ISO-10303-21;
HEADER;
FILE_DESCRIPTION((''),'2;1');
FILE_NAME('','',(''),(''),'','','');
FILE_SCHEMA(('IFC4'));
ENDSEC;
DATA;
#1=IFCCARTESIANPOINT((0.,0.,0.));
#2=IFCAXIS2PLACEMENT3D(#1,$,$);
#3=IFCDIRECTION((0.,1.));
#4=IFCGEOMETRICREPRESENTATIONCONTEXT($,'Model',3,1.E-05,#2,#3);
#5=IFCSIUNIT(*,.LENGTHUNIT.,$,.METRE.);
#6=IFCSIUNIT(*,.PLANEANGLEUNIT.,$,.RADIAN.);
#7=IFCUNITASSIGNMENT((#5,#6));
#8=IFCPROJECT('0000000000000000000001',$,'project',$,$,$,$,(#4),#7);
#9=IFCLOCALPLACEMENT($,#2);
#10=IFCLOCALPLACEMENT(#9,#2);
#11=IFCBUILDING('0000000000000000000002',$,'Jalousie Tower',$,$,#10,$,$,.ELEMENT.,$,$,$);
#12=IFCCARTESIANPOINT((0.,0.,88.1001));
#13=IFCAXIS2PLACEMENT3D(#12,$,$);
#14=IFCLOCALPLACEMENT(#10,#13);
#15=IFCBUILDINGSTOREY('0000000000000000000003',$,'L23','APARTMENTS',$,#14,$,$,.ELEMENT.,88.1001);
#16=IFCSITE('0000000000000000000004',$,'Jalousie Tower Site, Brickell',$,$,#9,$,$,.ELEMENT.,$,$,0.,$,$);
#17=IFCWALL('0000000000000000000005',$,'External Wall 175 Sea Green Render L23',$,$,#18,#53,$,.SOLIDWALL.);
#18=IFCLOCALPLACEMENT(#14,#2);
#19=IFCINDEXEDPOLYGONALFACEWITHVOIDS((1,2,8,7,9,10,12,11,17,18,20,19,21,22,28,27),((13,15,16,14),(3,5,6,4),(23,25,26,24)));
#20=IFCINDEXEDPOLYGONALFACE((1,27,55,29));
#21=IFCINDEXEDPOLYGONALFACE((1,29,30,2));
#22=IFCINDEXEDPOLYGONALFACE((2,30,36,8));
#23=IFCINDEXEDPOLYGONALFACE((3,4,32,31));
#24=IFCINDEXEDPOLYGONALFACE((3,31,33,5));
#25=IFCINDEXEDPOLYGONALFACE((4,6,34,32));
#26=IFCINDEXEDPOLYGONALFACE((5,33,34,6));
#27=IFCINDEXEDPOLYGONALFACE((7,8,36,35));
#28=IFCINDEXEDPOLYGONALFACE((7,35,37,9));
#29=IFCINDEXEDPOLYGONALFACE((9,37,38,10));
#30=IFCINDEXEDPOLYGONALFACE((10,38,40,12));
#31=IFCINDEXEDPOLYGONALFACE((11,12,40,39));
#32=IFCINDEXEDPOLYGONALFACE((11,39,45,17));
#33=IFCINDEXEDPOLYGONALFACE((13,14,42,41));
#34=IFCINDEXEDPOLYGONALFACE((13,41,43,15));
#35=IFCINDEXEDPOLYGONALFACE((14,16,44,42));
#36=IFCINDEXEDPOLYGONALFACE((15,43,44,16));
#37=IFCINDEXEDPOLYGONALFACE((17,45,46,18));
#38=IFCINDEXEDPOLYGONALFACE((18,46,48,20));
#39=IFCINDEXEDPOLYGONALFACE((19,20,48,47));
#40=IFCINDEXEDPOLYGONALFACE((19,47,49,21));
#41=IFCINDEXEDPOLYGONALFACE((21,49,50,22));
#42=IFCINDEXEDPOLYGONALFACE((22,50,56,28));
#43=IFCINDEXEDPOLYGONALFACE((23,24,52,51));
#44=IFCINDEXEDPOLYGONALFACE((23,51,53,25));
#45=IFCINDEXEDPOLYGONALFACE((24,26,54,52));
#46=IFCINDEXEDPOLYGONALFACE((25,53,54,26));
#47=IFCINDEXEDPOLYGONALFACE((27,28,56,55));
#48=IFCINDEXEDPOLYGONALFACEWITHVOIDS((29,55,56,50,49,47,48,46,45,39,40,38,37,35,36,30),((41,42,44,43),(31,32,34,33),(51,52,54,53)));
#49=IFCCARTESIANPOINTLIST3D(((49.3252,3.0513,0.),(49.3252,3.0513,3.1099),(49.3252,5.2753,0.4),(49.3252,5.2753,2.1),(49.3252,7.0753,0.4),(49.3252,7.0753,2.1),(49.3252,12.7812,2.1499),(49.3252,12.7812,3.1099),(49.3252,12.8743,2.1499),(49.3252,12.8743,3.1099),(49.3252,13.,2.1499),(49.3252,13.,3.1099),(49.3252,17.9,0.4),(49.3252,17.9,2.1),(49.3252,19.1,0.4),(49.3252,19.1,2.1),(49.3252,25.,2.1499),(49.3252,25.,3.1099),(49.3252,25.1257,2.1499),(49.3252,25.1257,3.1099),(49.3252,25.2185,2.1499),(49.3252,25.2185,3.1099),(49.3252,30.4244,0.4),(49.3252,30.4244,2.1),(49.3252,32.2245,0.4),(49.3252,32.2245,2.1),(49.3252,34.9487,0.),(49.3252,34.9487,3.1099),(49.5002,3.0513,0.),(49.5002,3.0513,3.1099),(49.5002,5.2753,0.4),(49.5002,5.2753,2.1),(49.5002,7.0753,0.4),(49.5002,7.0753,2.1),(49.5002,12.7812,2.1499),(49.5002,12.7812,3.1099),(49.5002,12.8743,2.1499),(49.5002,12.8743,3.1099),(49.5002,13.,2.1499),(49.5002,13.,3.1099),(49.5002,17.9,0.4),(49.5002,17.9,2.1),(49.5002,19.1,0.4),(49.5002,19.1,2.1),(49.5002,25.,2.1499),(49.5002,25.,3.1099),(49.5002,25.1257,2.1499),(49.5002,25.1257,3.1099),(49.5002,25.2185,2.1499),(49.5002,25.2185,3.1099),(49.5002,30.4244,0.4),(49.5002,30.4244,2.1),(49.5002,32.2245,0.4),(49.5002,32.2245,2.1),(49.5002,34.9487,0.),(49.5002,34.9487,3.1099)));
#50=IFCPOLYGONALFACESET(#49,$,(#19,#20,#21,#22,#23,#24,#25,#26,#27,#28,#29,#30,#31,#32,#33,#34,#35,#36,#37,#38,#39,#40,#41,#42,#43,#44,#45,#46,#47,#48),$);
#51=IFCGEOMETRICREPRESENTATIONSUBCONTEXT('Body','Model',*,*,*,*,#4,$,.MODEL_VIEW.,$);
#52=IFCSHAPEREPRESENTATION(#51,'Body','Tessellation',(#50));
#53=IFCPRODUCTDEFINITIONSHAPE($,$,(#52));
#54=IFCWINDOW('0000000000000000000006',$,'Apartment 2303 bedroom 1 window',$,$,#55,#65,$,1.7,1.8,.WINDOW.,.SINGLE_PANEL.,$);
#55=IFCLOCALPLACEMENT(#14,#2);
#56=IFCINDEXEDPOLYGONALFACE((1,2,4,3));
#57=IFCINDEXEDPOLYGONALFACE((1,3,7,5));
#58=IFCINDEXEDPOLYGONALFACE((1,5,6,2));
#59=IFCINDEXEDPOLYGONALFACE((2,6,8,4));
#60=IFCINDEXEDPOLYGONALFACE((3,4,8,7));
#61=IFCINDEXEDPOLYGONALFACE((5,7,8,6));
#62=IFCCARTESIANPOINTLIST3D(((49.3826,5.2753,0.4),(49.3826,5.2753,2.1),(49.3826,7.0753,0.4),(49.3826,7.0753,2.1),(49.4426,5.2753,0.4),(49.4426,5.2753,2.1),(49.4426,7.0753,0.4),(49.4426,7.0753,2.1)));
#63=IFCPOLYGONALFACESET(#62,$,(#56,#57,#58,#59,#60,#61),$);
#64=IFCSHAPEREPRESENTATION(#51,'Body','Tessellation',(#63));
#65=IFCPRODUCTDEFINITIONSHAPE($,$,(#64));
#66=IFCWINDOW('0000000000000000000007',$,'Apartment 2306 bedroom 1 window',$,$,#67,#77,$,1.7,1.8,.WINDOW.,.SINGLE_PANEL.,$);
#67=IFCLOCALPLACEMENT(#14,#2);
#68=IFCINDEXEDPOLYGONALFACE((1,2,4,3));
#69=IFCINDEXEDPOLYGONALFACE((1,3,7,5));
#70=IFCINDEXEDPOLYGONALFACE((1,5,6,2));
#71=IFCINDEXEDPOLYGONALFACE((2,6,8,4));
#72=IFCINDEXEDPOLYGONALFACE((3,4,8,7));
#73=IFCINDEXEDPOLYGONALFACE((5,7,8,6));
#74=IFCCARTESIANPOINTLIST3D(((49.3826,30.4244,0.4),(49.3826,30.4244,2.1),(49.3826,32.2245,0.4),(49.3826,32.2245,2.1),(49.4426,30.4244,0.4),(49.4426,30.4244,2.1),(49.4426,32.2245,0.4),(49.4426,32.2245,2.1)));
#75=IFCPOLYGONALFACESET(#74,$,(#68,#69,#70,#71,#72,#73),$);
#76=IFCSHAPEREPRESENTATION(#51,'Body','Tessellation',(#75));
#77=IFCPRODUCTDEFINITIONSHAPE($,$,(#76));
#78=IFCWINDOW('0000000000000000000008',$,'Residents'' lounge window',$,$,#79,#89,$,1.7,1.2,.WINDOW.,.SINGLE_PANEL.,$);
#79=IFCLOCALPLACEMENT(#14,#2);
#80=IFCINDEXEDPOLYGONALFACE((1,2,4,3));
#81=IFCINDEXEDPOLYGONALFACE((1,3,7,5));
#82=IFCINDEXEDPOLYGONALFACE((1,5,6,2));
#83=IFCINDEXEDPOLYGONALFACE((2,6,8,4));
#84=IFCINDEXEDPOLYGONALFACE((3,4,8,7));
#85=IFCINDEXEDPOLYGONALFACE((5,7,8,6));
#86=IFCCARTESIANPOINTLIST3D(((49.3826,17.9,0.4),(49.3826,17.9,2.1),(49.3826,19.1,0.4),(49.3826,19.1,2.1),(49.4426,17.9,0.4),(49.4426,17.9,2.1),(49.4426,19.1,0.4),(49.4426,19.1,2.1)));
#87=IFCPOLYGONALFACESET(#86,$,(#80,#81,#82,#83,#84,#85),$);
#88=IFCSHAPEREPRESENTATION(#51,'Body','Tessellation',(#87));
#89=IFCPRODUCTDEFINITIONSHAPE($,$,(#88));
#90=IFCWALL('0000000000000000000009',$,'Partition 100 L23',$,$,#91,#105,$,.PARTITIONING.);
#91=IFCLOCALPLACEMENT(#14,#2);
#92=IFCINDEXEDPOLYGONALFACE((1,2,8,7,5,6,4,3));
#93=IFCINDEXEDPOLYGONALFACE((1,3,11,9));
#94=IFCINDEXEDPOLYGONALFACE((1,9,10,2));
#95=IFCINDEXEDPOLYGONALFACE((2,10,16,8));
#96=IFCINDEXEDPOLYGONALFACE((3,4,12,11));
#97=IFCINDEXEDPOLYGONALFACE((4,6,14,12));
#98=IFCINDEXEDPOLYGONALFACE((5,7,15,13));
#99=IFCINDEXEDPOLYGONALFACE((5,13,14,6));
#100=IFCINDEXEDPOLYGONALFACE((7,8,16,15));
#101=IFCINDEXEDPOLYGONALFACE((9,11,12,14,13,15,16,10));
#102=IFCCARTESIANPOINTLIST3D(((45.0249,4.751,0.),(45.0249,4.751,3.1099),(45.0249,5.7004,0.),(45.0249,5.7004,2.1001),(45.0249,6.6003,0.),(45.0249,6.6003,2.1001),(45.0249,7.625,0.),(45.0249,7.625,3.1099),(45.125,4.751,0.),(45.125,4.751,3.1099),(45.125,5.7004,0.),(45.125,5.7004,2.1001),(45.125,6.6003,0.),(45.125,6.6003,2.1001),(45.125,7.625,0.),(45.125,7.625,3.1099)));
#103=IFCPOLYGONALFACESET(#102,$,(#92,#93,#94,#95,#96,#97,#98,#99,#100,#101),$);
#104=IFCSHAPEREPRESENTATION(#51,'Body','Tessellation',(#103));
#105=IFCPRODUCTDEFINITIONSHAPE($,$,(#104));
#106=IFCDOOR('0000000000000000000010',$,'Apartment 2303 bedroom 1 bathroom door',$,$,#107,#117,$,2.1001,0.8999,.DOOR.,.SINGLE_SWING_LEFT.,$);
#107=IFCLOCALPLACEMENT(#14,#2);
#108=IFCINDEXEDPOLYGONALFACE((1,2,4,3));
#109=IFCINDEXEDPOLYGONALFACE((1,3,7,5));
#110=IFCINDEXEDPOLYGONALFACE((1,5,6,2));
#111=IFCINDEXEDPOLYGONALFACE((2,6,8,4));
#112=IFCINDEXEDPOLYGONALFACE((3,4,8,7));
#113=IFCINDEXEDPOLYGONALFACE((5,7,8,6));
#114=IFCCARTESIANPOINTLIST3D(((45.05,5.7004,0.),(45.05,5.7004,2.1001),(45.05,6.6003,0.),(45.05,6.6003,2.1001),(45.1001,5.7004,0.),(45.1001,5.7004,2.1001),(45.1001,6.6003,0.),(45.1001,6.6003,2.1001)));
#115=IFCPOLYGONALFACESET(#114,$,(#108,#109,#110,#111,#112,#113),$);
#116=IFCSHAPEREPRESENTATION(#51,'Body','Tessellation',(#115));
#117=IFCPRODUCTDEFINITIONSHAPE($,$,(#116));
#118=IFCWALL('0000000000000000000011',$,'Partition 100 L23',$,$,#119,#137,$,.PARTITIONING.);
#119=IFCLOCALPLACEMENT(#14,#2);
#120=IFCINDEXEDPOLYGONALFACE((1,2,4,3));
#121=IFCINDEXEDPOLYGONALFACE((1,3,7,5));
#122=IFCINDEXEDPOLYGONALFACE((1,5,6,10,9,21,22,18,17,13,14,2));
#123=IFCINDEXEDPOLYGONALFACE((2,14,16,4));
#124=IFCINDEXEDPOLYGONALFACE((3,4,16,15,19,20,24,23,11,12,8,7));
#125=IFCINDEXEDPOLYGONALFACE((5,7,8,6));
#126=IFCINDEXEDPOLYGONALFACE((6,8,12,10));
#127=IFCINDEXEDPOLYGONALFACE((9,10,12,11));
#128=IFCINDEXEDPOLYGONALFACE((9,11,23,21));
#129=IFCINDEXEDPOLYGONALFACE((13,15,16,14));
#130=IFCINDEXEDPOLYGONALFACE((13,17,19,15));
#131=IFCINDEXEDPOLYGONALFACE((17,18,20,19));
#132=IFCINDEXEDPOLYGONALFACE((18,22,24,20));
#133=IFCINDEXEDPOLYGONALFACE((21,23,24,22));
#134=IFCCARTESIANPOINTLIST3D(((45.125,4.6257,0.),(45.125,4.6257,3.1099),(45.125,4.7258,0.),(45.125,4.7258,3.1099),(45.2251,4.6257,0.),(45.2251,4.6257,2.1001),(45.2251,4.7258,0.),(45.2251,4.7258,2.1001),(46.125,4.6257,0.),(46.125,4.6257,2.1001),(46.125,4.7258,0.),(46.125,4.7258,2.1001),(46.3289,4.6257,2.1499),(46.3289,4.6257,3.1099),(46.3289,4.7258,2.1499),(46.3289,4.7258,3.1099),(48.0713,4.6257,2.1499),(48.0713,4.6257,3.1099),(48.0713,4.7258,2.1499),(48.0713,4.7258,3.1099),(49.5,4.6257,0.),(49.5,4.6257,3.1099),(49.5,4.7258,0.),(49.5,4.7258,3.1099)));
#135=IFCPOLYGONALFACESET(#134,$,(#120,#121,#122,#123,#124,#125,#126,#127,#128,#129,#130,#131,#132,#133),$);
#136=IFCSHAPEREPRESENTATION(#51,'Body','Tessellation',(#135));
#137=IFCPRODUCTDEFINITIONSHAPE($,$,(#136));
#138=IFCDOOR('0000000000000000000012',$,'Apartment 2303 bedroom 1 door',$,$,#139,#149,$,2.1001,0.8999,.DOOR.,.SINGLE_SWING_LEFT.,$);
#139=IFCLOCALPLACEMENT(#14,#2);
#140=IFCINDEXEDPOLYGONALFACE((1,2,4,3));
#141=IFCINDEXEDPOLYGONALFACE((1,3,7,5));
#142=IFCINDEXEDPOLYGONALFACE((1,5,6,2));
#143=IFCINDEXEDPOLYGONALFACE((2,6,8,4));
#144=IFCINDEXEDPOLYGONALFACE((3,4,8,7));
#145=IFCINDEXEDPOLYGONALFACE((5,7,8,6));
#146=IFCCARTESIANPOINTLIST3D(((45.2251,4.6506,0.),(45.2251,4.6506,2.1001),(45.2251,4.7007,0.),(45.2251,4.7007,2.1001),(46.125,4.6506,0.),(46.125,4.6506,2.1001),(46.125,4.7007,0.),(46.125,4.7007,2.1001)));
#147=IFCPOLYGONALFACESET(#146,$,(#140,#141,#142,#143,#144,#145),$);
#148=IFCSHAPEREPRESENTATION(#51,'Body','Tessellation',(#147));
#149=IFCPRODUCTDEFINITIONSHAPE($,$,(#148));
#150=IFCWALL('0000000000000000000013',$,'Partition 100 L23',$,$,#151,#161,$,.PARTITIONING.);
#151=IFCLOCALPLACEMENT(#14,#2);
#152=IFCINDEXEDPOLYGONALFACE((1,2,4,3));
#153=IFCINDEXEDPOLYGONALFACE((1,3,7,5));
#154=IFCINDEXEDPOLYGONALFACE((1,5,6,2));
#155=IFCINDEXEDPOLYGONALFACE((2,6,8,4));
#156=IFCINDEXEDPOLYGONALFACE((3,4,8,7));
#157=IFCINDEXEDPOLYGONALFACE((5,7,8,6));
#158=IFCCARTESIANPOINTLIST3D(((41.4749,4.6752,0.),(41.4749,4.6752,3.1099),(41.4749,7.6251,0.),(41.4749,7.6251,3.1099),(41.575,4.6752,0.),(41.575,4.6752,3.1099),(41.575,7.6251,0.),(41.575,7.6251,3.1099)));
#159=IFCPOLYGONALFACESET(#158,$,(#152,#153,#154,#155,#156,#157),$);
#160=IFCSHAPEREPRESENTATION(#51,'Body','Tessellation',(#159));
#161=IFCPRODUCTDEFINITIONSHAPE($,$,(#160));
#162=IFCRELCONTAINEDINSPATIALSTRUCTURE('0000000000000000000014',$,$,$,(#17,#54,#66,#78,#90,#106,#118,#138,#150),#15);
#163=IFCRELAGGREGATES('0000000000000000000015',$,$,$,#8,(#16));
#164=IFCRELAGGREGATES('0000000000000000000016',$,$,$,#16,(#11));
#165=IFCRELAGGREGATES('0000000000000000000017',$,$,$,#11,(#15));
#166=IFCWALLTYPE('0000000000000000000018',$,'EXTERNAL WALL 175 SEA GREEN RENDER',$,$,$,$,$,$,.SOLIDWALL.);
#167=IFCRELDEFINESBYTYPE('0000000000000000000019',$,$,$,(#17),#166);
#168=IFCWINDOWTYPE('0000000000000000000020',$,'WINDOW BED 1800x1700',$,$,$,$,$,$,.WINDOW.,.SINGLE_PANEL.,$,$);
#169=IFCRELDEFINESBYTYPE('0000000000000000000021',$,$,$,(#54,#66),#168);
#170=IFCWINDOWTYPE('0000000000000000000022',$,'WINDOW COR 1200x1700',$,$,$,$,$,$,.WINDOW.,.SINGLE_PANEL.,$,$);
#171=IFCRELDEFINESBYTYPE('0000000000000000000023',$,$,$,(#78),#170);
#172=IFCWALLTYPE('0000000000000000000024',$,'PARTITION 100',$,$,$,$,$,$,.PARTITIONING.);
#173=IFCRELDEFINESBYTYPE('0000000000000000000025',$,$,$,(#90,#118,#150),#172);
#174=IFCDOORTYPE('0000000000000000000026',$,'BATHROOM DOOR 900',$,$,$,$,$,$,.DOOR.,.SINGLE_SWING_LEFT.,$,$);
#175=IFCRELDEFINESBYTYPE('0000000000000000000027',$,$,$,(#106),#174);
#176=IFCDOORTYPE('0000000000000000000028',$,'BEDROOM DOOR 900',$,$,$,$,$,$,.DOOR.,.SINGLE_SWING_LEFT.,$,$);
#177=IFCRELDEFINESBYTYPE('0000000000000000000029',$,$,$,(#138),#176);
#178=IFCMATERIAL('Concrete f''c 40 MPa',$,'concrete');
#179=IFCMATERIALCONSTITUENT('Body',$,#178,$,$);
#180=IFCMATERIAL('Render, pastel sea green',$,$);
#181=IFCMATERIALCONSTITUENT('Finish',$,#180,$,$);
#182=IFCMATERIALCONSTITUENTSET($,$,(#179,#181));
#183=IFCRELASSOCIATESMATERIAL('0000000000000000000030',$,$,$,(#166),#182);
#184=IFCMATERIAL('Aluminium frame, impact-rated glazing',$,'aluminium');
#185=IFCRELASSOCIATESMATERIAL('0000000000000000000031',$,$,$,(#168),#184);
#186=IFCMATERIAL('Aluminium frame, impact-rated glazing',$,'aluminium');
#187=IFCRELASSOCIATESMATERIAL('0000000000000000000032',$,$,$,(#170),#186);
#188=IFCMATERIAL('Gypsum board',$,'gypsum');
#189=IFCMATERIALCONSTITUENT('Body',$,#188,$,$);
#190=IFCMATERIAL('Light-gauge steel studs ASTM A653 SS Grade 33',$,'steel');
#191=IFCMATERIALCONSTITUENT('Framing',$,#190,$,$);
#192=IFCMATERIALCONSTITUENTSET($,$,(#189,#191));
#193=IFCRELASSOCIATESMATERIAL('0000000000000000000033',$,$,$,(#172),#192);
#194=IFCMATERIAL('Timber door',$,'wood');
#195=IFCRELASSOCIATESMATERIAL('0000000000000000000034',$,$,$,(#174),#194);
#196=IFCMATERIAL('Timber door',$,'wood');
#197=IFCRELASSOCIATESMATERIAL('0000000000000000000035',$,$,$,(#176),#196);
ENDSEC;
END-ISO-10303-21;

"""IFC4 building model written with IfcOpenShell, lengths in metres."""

from ifc_helpers import new_model, si_unit, direction, frame, frame_2d, origin, place, context, subcontext, project, spatial, polyline, rectangle, outline, extrude, material, constituent, constituent_set, type_object, element, fill, save


model = new_model("IFC4")

# Units and contexts
model_context = context("Model", 3, precision=1e-05, world=origin(), true_north=direction((0.0, 1.0)))
body_context = subcontext(model_context, "Body", "Model", "MODEL_VIEW")
ifc_project = project(units=[si_unit("LENGTHUNIT", "METRE"), si_unit("PLANEANGLEUNIT", "RADIAN")], contexts=[model_context])

# Site, building, storey
site_placement = place(None, origin())
site = spatial("IfcSite", under=ifc_project, at=site_placement, Name="Jalousie Tower Site, Brickell", CompositionType="ELEMENT", RefElevation=0.0)
building_placement = place(site_placement, origin())
building = spatial("IfcBuilding", under=site, at=building_placement, Name="Jalousie Tower", CompositionType="ELEMENT")
storey_placement = place(building_placement, frame((0.0, 0.0, 88.1001)))
storey = spatial("IfcBuildingStorey", under=building, at=storey_placement, Name="L23", Description="APARTMENTS", CompositionType="ELEMENT", Elevation=88.1001)

# Wall, openings, windows
ifc_material_1 = material(Name="Concrete f'c 40 MPa", Category="concrete")
ifc_constituent_1 = constituent(ifc_material_1, Name="Body")
ifc_material_2 = material(Name="Render, pastel sea green")
ifc_constituent_2 = constituent(ifc_material_2, Name="Finish")
ifc_constituent_set_1 = constituent_set(constituents=[ifc_constituent_1, ifc_constituent_2])
wall_type_1 = type_object("IfcWallType", Name="EXTERNAL WALL 175 SEA GREEN RENDER", PredefinedType="SOLIDWALL", material=ifc_constituent_set_1)
wall_1_placement = place(storey_placement, frame((49.4126, 3.0513, 0.0), z_axis=(0.0, 0.0, 1.0), x_axis=(0.0, 1.0, 0.0)))
wall_1 = element("IfcWall", 1, at=wall_1_placement, inside=storey, type_object=wall_type_1, Name="External Wall 175 Sea Green Render L23", PredefinedType="SOLIDWALL", context=body_context, shape_type="SweptSolid", body=[
    extrude(outline(polyline([(0.0, 0.0), (31.8975, 0.0), (31.8975, 3.1099), (22.1672, 3.1099), (22.1672, 2.1499), (22.0745, 2.1499), (22.0745, 3.1099), (21.9487, 3.1099), (21.9487, 2.1499), (9.9487, 2.1499), (9.9487, 3.1099), (9.823, 3.1099), (9.823, 2.1499), (9.73, 2.1499), (9.73, 3.1099), (0.0, 3.1099), (0.0, 0.0)])), frame((0.0, 0.0874, 0.0), z_axis=(0.0, -1.0, 0.0), x_axis=(1.0, 0.0, 0.0)), (0.0, 0.0, 1.0), 0.175),
])
opening_1_placement = place(wall_1_placement, frame((2.2241, 0.0, 0.3999)))
opening_1 = element("IfcOpeningElement", 2, at=opening_1_placement, cuts=wall_1, PredefinedType="OPENING", context=body_context, shape_type="SweptSolid", body=[
    extrude(rectangle(XDim=1.8, YDim=1.7, at=frame_2d((0.8999, 0.8501))), frame((0.0, 0.0974, 0.0), z_axis=(0.0, -1.0, 0.0), x_axis=(1.0, 0.0, 0.0)), (0.0, 0.0, 1.0), 0.1951),
])
opening_2_placement = place(wall_1_placement, frame((14.8486, 0.0, 0.3999)))
opening_2 = element("IfcOpeningElement", 3, at=opening_2_placement, cuts=wall_1, PredefinedType="OPENING", context=body_context, shape_type="SweptSolid", body=[
    extrude(rectangle(XDim=1.2, YDim=1.7, at=frame_2d((0.6001, 0.8501))), frame((0.0, 0.0974, 0.0), z_axis=(0.0, -1.0, 0.0), x_axis=(1.0, 0.0, 0.0)), (0.0, 0.0, 1.0), 0.1951),
])
opening_3_placement = place(wall_1_placement, frame((27.3733, 0.0, 0.3999)))
opening_3 = element("IfcOpeningElement", 4, at=opening_3_placement, cuts=wall_1, PredefinedType="OPENING", context=body_context, shape_type="SweptSolid", body=[
    extrude(rectangle(XDim=1.8, YDim=1.7, at=frame_2d((0.8999, 0.8501))), frame((0.0, 0.0974, 0.0), z_axis=(0.0, -1.0, 0.0), x_axis=(1.0, 0.0, 0.0)), (0.0, 0.0, 1.0), 0.1951),
])
ifc_material_3 = material(Name="Aluminium frame, impact-rated glazing", Category="aluminium")
window_type_1 = type_object("IfcWindowType", Name="WINDOW BED 1800x1700", PartitioningType="SINGLE_PANEL", PredefinedType="WINDOW", material=ifc_material_3)
window_1_placement = place(opening_1_placement, origin())
window_1 = element("IfcWindow", 5, at=window_1_placement, inside=storey, type_object=window_type_1, Name="Apartment 2303 bedroom 1 window", OverallHeight=1.7, OverallWidth=1.8, PartitioningType="SINGLE_PANEL", PredefinedType="WINDOW", context=body_context, shape_type="SweptSolid", body=[
    extrude(rectangle(XDim=1.8, YDim=1.7, at=frame_2d((0.8999, 0.8501))), frame((0.0, 0.03, 0.0), z_axis=(0.0, -1.0, 0.0), x_axis=(1.0, 0.0, 0.0)), (0.0, 0.0, 1.0), 0.0601),
])
fill(opening_1, window_1)
window_2_placement = place(opening_3_placement, origin())
window_2 = element("IfcWindow", 6, at=window_2_placement, inside=storey, type_object=window_type_1, Name="Apartment 2306 bedroom 1 window", OverallHeight=1.7, OverallWidth=1.8, PartitioningType="SINGLE_PANEL", PredefinedType="WINDOW", context=body_context, shape_type="SweptSolid", body=[
    extrude(rectangle(XDim=1.8, YDim=1.7, at=frame_2d((0.8999, 0.8501))), frame((0.0, 0.03, 0.0), z_axis=(0.0, -1.0, 0.0), x_axis=(1.0, 0.0, 0.0)), (0.0, 0.0, 1.0), 0.0601),
])
fill(opening_3, window_2)
ifc_material_4 = material(Name="Aluminium frame, impact-rated glazing", Category="aluminium")
window_type_2 = type_object("IfcWindowType", Name="WINDOW COR 1200x1700", PartitioningType="SINGLE_PANEL", PredefinedType="WINDOW", material=ifc_material_4)
window_3_placement = place(opening_2_placement, origin())
window_3 = element("IfcWindow", 7, at=window_3_placement, inside=storey, type_object=window_type_2, Name="Residents' lounge window", OverallHeight=1.7, OverallWidth=1.2, PartitioningType="SINGLE_PANEL", PredefinedType="WINDOW", context=body_context, shape_type="SweptSolid", body=[
    extrude(rectangle(XDim=1.2, YDim=1.7, at=frame_2d((0.6001, 0.8501))), frame((0.0, 0.03, 0.0), z_axis=(0.0, -1.0, 0.0), x_axis=(1.0, 0.0, 0.0)), (0.0, 0.0, 1.0), 0.0601),
])
fill(opening_2, window_3)

# Walls, openings, doors
ifc_material_5 = material(Name="Gypsum board", Category="gypsum")
ifc_constituent_3 = constituent(ifc_material_5, Name="Body")
ifc_material_6 = material(Name="Light-gauge steel studs ASTM A653 SS Grade 33", Category="steel")
ifc_constituent_4 = constituent(ifc_material_6, Name="Framing")
ifc_constituent_set_2 = constituent_set(constituents=[ifc_constituent_3, ifc_constituent_4])
wall_type_2 = type_object("IfcWallType", Name="PARTITION 100", PredefinedType="PARTITIONING", material=ifc_constituent_set_2)
wall_2_placement = place(storey_placement, frame((45.075, 4.751, 0.0), z_axis=(0.0, 0.0, 1.0), x_axis=(0.0, 1.0, 0.0)))
wall_2 = element("IfcWall", 8, at=wall_2_placement, inside=storey, type_object=wall_type_2, Name="Partition 100 L23", PredefinedType="PARTITIONING", context=body_context, shape_type="SweptSolid", body=[
    extrude(rectangle(XDim=2.874, YDim=0.1001, at=frame_2d((1.437, 0.0))), origin(), (0.0, 0.0, 1.0), 3.1099),
])
opening_4_placement = place(wall_2_placement, frame((0.9495, 0.0, 0.0)))
opening_4 = element("IfcOpeningElement", 9, at=opening_4_placement, cuts=wall_2, PredefinedType="OPENING", context=body_context, shape_type="SweptSolid", body=[
    extrude(rectangle(XDim=0.8999, YDim=2.1001, at=frame_2d((0.45, 1.05))), frame((0.0, 0.0601, 0.0), z_axis=(0.0, -1.0, 0.0), x_axis=(1.0, 0.0, 0.0)), (0.0, 0.0, 1.0), 0.1201),
])
ifc_material_7 = material(Name="Timber door", Category="wood")
door_type_1 = type_object("IfcDoorType", Name="BATHROOM DOOR 900", OperationType="SINGLE_SWING_LEFT", PredefinedType="DOOR", material=ifc_material_7)
door_1_placement = place(opening_4_placement, origin())
door_1 = element("IfcDoor", 10, at=door_1_placement, inside=storey, type_object=door_type_1, Name="Apartment 2303 bedroom 1 bathroom door", OperationType="SINGLE_SWING_LEFT", OverallHeight=2.1001, OverallWidth=0.8999, PredefinedType="DOOR", context=body_context, shape_type="SweptSolid", body=[
    extrude(rectangle(XDim=0.8999, YDim=2.1001, at=frame_2d((0.45, 1.05))), frame((0.0, 0.0249, 0.0), z_axis=(0.0, -1.0, 0.0), x_axis=(1.0, 0.0, 0.0)), (0.0, 0.0, 1.0), 0.05),
])
fill(opening_4, door_1)
wall_3_placement = place(storey_placement, frame((45.125, 4.6758, 0.0), z_axis=(0.0, 0.0, 1.0), x_axis=(1.0, 0.0, 0.0)))
wall_3 = element("IfcWall", 11, at=wall_3_placement, inside=storey, type_object=wall_type_2, Name="Partition 100 L23", PredefinedType="PARTITIONING", context=body_context, shape_type="SweptSolid", body=[
    extrude(outline(polyline([(0.0, 0.0), (4.375, 0.0), (4.375, 3.1099), (2.9463, 3.1099), (2.9463, 2.1499), (1.2039, 2.1499), (1.2039, 3.1099), (0.0, 3.1099), (0.0, 0.0)])), frame((0.0, 0.05, 0.0), z_axis=(0.0, -1.0, 0.0), x_axis=(1.0, 0.0, 0.0)), (0.0, 0.0, 1.0), 0.1001),
])
opening_5_placement = place(wall_3_placement, frame((0.1001, 0.0, 0.0)))
opening_5 = element("IfcOpeningElement", 12, at=opening_5_placement, cuts=wall_3, PredefinedType="OPENING", context=body_context, shape_type="SweptSolid", body=[
    extrude(rectangle(XDim=0.8999, YDim=2.1001, at=frame_2d((0.45, 1.05))), frame((0.0, 0.0601, 0.0), z_axis=(0.0, -1.0, 0.0), x_axis=(1.0, 0.0, 0.0)), (0.0, 0.0, 1.0), 0.1201),
])
ifc_material_8 = material(Name="Timber door", Category="wood")
door_type_2 = type_object("IfcDoorType", Name="BEDROOM DOOR 900", OperationType="SINGLE_SWING_LEFT", PredefinedType="DOOR", material=ifc_material_8)
door_2_placement = place(opening_5_placement, origin())
door_2 = element("IfcDoor", 13, at=door_2_placement, inside=storey, type_object=door_type_2, Name="Apartment 2303 bedroom 1 door", OperationType="SINGLE_SWING_LEFT", OverallHeight=2.1001, OverallWidth=0.8999, PredefinedType="DOOR", context=body_context, shape_type="SweptSolid", body=[
    extrude(rectangle(XDim=0.8999, YDim=2.1001, at=frame_2d((0.45, 1.05))), frame((0.0, 0.0249, 0.0), z_axis=(0.0, -1.0, 0.0), x_axis=(1.0, 0.0, 0.0)), (0.0, 0.0, 1.0), 0.05),
])
fill(opening_5, door_2)

# Wall
wall_4_placement = place(storey_placement, frame((41.5249, 4.675, 0.0), z_axis=(0.0, 0.0, 1.0), x_axis=(0.0, 1.0, 0.0)))
element("IfcWall", 14, at=wall_4_placement, inside=storey, type_object=wall_type_2, Name="Partition 100 L23", PredefinedType="PARTITIONING", context=body_context, shape_type="SweptSolid", body=[
    extrude(rectangle(XDim=2.95, YDim=0.1001, at=frame_2d((1.4751, 0.0))), origin(), (0.0, 0.0, 1.0), 3.1099),
])

save(model, "model.ifc")
